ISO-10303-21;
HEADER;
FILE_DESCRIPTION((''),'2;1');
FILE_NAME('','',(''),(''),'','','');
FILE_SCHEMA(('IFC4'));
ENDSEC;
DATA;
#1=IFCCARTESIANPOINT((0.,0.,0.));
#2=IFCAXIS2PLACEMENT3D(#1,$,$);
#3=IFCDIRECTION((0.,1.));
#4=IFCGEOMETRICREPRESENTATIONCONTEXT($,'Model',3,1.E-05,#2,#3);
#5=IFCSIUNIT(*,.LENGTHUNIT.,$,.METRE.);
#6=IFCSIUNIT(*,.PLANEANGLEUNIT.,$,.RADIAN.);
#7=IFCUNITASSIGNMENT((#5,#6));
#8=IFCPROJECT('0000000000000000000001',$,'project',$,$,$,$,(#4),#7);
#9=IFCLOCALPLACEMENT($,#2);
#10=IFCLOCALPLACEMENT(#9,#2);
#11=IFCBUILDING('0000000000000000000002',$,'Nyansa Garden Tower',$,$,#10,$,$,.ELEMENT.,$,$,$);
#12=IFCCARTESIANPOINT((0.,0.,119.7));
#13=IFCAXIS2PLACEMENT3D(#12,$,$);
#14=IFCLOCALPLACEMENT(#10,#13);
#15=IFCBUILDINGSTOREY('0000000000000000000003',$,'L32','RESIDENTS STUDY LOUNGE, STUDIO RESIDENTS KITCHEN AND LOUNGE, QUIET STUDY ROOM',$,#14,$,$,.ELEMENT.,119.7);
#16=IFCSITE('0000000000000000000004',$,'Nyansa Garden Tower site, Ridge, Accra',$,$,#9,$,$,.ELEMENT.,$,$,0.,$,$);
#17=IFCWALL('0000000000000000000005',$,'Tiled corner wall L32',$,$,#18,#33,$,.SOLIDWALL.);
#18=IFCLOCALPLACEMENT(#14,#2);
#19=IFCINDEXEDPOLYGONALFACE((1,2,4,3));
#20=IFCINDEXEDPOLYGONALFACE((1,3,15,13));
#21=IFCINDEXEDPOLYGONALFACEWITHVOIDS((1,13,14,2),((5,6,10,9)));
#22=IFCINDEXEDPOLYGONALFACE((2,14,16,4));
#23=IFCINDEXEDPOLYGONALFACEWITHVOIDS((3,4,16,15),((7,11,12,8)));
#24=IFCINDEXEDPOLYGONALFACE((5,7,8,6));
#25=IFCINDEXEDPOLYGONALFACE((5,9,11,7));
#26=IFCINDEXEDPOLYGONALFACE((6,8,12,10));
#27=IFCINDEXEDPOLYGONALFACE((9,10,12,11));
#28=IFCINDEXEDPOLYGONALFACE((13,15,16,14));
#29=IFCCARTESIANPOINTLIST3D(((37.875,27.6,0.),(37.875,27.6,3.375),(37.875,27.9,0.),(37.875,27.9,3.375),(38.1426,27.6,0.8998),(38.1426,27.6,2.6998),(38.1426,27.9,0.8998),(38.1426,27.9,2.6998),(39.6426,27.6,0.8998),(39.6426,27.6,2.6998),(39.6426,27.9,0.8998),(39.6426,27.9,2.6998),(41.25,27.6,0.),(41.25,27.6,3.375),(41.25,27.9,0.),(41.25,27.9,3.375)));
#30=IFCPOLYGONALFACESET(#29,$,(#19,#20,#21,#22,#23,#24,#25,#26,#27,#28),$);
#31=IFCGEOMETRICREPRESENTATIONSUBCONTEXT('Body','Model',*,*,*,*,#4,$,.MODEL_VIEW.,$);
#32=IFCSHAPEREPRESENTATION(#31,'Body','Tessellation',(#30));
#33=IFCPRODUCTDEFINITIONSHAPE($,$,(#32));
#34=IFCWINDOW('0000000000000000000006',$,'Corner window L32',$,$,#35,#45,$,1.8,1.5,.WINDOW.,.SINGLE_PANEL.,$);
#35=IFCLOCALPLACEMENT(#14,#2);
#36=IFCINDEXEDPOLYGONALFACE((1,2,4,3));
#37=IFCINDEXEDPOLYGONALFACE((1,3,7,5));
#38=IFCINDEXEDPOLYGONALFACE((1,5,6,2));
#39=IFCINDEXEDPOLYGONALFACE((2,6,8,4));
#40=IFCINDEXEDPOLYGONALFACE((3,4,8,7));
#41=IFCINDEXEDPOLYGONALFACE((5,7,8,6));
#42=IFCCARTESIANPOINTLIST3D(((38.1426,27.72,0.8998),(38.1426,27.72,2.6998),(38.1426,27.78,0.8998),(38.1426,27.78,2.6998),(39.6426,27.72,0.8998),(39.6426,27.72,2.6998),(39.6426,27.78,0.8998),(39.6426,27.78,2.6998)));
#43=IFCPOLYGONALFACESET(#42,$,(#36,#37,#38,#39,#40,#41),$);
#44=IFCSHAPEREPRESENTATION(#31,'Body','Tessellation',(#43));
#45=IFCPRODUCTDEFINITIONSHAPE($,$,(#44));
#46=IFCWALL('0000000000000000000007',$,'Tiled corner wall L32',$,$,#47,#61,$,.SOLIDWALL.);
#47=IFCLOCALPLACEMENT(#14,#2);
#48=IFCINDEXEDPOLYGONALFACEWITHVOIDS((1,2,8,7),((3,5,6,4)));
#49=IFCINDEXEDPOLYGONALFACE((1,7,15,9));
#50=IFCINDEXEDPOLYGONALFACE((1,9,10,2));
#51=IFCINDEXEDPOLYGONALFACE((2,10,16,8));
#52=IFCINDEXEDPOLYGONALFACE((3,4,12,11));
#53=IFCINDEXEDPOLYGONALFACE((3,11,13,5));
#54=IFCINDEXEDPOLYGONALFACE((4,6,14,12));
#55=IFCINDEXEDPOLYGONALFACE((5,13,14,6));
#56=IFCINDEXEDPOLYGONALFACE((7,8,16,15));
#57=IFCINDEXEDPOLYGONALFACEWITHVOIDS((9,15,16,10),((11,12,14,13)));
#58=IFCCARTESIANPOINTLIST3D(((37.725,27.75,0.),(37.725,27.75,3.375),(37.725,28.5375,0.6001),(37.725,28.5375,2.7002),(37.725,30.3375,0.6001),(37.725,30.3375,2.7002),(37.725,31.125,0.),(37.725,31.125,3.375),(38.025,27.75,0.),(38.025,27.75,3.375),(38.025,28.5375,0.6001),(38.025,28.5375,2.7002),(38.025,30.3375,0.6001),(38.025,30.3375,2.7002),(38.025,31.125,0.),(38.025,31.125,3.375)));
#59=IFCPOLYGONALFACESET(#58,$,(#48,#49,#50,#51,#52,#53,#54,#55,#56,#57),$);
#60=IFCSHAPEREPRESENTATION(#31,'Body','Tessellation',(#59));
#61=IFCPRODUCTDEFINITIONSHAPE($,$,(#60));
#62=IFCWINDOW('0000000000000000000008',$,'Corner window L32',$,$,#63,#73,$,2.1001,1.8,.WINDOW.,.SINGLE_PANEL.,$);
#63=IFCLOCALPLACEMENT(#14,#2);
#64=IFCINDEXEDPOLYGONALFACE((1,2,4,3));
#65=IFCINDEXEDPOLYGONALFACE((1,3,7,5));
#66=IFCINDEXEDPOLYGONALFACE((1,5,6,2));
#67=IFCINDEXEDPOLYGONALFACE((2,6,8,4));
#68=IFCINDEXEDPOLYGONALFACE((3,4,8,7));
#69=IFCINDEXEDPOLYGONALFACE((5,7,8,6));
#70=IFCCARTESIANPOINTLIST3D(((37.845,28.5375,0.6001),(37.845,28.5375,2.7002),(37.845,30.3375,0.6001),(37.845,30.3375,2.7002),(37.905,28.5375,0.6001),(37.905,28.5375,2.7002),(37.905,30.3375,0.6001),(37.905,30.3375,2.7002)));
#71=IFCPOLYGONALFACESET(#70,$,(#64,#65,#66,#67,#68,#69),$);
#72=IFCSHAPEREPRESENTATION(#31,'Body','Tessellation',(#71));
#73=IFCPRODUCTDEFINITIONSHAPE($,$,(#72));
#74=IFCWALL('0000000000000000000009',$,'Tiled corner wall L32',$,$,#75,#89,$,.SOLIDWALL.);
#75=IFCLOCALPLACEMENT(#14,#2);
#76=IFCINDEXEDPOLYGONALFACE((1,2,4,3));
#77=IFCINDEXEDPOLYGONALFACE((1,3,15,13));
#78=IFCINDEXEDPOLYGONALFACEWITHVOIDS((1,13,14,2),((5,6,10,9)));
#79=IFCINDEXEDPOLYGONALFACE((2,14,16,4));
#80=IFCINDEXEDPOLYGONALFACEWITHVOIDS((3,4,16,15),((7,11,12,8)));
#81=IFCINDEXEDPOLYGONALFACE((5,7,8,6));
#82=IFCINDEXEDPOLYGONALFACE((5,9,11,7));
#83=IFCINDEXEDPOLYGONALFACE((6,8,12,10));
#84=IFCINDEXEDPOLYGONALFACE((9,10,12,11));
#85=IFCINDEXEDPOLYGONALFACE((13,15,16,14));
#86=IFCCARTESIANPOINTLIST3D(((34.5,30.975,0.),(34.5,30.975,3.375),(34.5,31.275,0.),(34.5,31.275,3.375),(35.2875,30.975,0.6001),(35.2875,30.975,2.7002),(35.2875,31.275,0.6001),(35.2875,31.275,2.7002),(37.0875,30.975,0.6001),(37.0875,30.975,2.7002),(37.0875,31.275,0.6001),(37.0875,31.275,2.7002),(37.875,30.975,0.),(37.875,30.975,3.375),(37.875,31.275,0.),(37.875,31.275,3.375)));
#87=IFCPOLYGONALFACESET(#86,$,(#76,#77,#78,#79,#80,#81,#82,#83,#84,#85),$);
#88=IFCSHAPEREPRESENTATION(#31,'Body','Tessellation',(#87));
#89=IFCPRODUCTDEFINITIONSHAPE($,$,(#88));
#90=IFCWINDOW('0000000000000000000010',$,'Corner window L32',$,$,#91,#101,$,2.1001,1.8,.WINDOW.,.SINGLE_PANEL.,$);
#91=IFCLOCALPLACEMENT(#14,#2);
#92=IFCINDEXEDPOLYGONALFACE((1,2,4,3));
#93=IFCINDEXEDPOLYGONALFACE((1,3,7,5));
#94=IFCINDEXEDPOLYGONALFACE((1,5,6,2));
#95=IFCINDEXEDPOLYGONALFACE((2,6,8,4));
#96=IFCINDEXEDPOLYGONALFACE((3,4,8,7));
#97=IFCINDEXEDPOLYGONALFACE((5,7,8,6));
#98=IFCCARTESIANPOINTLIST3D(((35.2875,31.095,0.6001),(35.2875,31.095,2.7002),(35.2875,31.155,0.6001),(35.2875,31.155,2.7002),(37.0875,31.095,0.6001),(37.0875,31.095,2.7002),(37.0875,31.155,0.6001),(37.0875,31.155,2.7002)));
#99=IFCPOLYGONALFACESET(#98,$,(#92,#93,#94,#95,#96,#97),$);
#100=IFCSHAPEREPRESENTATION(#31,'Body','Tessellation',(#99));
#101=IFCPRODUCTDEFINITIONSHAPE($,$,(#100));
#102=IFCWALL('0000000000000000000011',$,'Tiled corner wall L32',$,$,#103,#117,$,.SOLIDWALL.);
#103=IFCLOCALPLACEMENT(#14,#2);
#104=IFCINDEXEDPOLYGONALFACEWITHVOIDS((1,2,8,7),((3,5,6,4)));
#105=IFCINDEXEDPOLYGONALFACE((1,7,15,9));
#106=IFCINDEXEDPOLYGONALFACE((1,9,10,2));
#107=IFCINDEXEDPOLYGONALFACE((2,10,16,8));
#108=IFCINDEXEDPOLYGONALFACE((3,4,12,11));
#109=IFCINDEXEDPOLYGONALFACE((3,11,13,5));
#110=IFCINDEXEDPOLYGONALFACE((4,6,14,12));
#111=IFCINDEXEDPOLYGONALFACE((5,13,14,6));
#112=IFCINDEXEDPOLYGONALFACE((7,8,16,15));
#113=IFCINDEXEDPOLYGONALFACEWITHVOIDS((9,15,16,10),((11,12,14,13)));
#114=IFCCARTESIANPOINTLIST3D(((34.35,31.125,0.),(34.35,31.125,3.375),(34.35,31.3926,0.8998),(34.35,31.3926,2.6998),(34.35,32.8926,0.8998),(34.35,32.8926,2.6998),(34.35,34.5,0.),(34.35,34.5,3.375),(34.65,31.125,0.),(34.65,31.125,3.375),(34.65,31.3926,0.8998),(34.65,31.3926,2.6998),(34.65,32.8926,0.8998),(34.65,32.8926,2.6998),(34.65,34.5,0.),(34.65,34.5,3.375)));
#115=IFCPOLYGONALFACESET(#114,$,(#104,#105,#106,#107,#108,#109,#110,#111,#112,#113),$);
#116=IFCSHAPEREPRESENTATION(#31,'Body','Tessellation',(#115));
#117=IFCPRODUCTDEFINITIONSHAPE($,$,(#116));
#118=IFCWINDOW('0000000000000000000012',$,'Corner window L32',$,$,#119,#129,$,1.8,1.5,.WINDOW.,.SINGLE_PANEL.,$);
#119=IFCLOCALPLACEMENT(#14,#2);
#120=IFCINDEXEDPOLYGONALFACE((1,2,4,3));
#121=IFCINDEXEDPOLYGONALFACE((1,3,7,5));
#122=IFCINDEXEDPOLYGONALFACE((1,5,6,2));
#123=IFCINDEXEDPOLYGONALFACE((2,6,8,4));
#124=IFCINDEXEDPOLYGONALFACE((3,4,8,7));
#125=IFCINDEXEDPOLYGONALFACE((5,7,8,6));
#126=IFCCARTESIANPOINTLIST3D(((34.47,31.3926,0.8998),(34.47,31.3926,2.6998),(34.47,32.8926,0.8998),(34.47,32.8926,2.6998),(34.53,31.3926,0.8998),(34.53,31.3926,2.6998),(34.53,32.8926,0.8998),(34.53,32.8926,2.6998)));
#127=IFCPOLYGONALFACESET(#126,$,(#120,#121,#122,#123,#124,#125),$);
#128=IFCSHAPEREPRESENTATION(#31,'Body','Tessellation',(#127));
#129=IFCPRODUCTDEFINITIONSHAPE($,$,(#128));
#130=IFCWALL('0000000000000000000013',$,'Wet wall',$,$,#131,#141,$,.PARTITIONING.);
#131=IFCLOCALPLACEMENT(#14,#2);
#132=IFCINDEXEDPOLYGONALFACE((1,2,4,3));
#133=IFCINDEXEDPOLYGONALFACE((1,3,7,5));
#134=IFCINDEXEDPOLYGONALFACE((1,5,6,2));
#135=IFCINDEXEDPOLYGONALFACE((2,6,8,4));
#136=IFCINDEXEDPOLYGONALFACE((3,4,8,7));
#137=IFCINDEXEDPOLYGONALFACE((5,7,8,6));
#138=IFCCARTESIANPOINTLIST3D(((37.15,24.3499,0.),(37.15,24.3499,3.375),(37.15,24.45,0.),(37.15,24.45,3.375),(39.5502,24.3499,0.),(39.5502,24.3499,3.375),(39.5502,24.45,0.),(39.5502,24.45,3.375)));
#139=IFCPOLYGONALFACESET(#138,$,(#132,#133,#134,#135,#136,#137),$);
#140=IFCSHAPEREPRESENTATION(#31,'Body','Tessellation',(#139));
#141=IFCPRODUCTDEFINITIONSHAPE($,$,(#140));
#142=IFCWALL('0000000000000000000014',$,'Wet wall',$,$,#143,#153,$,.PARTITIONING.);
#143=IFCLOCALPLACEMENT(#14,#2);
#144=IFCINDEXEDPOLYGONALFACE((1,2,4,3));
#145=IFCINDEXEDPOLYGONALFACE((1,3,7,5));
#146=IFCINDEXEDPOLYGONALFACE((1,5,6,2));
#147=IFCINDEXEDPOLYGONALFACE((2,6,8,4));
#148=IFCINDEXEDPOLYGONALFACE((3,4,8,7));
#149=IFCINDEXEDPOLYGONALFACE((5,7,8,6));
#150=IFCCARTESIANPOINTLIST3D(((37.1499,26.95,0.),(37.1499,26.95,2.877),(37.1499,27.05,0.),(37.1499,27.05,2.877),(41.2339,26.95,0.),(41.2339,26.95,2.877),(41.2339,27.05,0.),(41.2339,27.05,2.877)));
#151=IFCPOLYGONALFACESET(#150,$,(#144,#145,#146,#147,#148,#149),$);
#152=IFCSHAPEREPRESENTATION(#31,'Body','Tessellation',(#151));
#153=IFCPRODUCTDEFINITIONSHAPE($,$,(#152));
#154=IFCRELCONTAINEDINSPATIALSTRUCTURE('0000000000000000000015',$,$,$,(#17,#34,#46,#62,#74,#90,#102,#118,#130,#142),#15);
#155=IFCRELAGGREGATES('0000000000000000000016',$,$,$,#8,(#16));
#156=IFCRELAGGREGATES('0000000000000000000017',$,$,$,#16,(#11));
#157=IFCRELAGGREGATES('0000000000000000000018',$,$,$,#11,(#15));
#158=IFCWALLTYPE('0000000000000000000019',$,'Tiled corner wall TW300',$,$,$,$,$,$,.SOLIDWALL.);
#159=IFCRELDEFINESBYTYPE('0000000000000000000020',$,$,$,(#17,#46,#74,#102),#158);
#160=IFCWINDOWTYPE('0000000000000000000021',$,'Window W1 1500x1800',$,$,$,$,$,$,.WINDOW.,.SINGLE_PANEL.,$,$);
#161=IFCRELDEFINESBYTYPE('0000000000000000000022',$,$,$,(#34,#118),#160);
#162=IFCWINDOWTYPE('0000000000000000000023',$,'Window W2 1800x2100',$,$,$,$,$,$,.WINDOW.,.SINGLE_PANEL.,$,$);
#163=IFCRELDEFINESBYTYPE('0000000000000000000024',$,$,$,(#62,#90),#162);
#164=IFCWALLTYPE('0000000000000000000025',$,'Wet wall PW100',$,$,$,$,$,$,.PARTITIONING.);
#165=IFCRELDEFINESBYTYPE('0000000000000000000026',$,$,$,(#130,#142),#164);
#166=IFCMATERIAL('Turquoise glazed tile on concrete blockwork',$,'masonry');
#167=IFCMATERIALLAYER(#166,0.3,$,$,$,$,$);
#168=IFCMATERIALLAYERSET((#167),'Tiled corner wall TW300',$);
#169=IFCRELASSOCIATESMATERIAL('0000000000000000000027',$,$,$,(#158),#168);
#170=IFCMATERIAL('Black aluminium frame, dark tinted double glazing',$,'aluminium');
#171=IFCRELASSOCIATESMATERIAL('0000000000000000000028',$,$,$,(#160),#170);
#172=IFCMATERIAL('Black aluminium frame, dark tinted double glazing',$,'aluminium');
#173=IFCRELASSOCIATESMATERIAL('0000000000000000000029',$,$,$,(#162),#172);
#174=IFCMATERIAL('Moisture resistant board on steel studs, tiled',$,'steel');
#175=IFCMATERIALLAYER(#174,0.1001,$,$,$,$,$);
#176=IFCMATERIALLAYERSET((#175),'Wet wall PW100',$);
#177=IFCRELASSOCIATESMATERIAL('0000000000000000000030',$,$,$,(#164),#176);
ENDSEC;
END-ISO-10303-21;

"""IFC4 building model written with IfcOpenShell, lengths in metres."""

from ifc_helpers import new_model, si_unit, direction, frame, frame_2d, origin, place, context, subcontext, project, spatial, rectangle, extrude, material, layer, layer_set, type_object, element, fill, save


model = new_model("IFC4")

# Units and contexts
model_context = context("Model", 3, precision=1e-05, world=origin(), true_north=direction((0.0, 1.0)))
body_context = subcontext(model_context, "Body", "Model", "MODEL_VIEW")
ifc_project = project(units=[si_unit("LENGTHUNIT", "METRE"), si_unit("PLANEANGLEUNIT", "RADIAN")], contexts=[model_context])

# Site, building, storey
site_placement = place(None, origin())
site = spatial("IfcSite", under=ifc_project, at=site_placement, Name="Nyansa Garden Tower site, Ridge, Accra", CompositionType="ELEMENT", RefElevation=0.0)
building_placement = place(site_placement, origin())
building = spatial("IfcBuilding", under=site, at=building_placement, Name="Nyansa Garden Tower", CompositionType="ELEMENT")
storey_placement = place(building_placement, frame((0.0, 0.0, 119.7)))
storey = spatial("IfcBuildingStorey", under=building, at=storey_placement, Name="L32", Description="RESIDENTS STUDY LOUNGE, STUDIO RESIDENTS KITCHEN AND LOUNGE, QUIET STUDY ROOM", CompositionType="ELEMENT", Elevation=119.7)

# Walls, openings, windows
ifc_material_1 = material(Name="Turquoise glazed tile on concrete blockwork", Category="masonry")
ifc_layer_1 = layer(ifc_material_1, 0.3)
ifc_layer_set_1 = layer_set([ifc_layer_1], Name="Tiled corner wall TW300")
wall_type_1 = type_object("IfcWallType", Name="Tiled corner wall TW300", PredefinedType="SOLIDWALL", material=ifc_layer_set_1)
wall_1_placement = place(storey_placement, frame((41.25, 27.75, 0.0), z_axis=(0.0, 0.0, 1.0), x_axis=(-1.0, 0.0, 0.0)))
wall_1 = element("IfcWall", 1, at=wall_1_placement, inside=storey, type_object=wall_type_1, Name="Tiled corner wall L32", PredefinedType="SOLIDWALL", context=body_context, shape_type="SweptSolid", body=[
    extrude(rectangle(XDim=3.375, YDim=0.3, at=frame_2d((1.6875, 0.0))), origin(), (0.0, 0.0, 1.0), 3.375),
])
opening_1_placement = place(wall_1_placement, frame((1.6074, 0.0, 0.8999)))
opening_1 = element("IfcOpeningElement", 2, at=opening_1_placement, cuts=wall_1, PredefinedType="OPENING", context=body_context, shape_type="SweptSolid", body=[
    extrude(rectangle(XDim=1.5, YDim=1.8, at=frame_2d((0.75, 0.8999))), frame((0.0, 0.1599, 0.0), z_axis=(0.0, -1.0, 0.0), x_axis=(1.0, 0.0, 0.0)), (0.0, 0.0, 1.0), 0.3201),
])
ifc_material_2 = material(Name="Black aluminium frame, dark tinted double glazing", Category="aluminium")
window_type_1 = type_object("IfcWindowType", Name="Window W1 1500x1800", PartitioningType="SINGLE_PANEL", PredefinedType="WINDOW", material=ifc_material_2)
window_1_placement = place(opening_1_placement, origin())
window_1 = element("IfcWindow", 3, at=window_1_placement, inside=storey, type_object=window_type_1, Name="Corner window L32", OverallHeight=1.8, OverallWidth=1.5, PartitioningType="SINGLE_PANEL", PredefinedType="WINDOW", context=body_context, shape_type="SweptSolid", body=[
    extrude(rectangle(XDim=1.5, YDim=1.8, at=frame_2d((0.75, 0.8999))), frame((0.0, 0.03, 0.0), z_axis=(0.0, -1.0, 0.0), x_axis=(1.0, 0.0, 0.0)), (0.0, 0.0, 1.0), 0.0601),
])
fill(opening_1, window_1)
wall_2_placement = place(storey_placement, frame((37.875, 27.75, 0.0), z_axis=(0.0, 0.0, 1.0), x_axis=(0.0, 1.0, 0.0)))
wall_2 = element("IfcWall", 4, at=wall_2_placement, inside=storey, type_object=wall_type_1, Name="Tiled corner wall L32", PredefinedType="SOLIDWALL", context=body_context, shape_type="SweptSolid", body=[
    extrude(rectangle(XDim=3.375, YDim=0.3, at=frame_2d((1.6875, 0.0))), origin(), (0.0, 0.0, 1.0), 3.375),
])
opening_2_placement = place(wall_2_placement, frame((0.7876, 0.0, 0.6001)))
opening_2 = element("IfcOpeningElement", 5, at=opening_2_placement, cuts=wall_2, PredefinedType="OPENING", context=body_context, shape_type="SweptSolid", body=[
    extrude(rectangle(XDim=1.8, YDim=2.1001, at=frame_2d((0.8999, 1.05))), frame((0.0, 0.1599, 0.0), z_axis=(0.0, -1.0, 0.0), x_axis=(1.0, 0.0, 0.0)), (0.0, 0.0, 1.0), 0.3201),
])
ifc_material_3 = material(Name="Black aluminium frame, dark tinted double glazing", Category="aluminium")
window_type_2 = type_object("IfcWindowType", Name="Window W2 1800x2100", PartitioningType="SINGLE_PANEL", PredefinedType="WINDOW", material=ifc_material_3)
window_2_placement = place(opening_2_placement, origin())
window_2 = element("IfcWindow", 6, at=window_2_placement, inside=storey, type_object=window_type_2, Name="Corner window L32", OverallHeight=2.1001, OverallWidth=1.8, PartitioningType="SINGLE_PANEL", PredefinedType="WINDOW", context=body_context, shape_type="SweptSolid", body=[
    extrude(rectangle(XDim=1.8, YDim=2.1001, at=frame_2d((0.8999, 1.05))), frame((0.0, 0.03, 0.0), z_axis=(0.0, -1.0, 0.0), x_axis=(1.0, 0.0, 0.0)), (0.0, 0.0, 1.0), 0.0601),
])
fill(opening_2, window_2)
wall_3_placement = place(storey_placement, frame((37.875, 31.125, 0.0), z_axis=(0.0, 0.0, 1.0), x_axis=(-1.0, 0.0, 0.0)))
wall_3 = element("IfcWall", 7, at=wall_3_placement, inside=storey, type_object=wall_type_1, Name="Tiled corner wall L32", PredefinedType="SOLIDWALL", context=body_context, shape_type="SweptSolid", body=[
    extrude(rectangle(XDim=3.375, YDim=0.3, at=frame_2d((1.6875, 0.0))), origin(), (0.0, 0.0, 1.0), 3.375),
])
opening_3_placement = place(wall_3_placement, frame((0.7876, 0.0, 0.6001)))
opening_3 = element("IfcOpeningElement", 8, at=opening_3_placement, cuts=wall_3, PredefinedType="OPENING", context=body_context, shape_type="SweptSolid", body=[
    extrude(rectangle(XDim=1.8, YDim=2.1001, at=frame_2d((0.8999, 1.05))), frame((0.0, 0.1599, 0.0), z_axis=(0.0, -1.0, 0.0), x_axis=(1.0, 0.0, 0.0)), (0.0, 0.0, 1.0), 0.3201),
])
window_3_placement = place(opening_3_placement, origin())
window_3 = element("IfcWindow", 9, at=window_3_placement, inside=storey, type_object=window_type_2, Name="Corner window L32", OverallHeight=2.1001, OverallWidth=1.8, PartitioningType="SINGLE_PANEL", PredefinedType="WINDOW", context=body_context, shape_type="SweptSolid", body=[
    extrude(rectangle(XDim=1.8, YDim=2.1001, at=frame_2d((0.8999, 1.05))), frame((0.0, 0.03, 0.0), z_axis=(0.0, -1.0, 0.0), x_axis=(1.0, 0.0, 0.0)), (0.0, 0.0, 1.0), 0.0601),
])
fill(opening_3, window_3)
wall_4_placement = place(storey_placement, frame((34.5, 31.125, 0.0), z_axis=(0.0, 0.0, 1.0), x_axis=(0.0, 1.0, 0.0)))
wall_4 = element("IfcWall", 10, at=wall_4_placement, inside=storey, type_object=wall_type_1, Name="Tiled corner wall L32", PredefinedType="SOLIDWALL", context=body_context, shape_type="SweptSolid", body=[
    extrude(rectangle(XDim=3.375, YDim=0.3, at=frame_2d((1.6875, 0.0))), origin(), (0.0, 0.0, 1.0), 3.375),
])
opening_4_placement = place(wall_4_placement, frame((0.2676, 0.0, 0.8999)))
opening_4 = element("IfcOpeningElement", 11, at=opening_4_placement, cuts=wall_4, PredefinedType="OPENING", context=body_context, shape_type="SweptSolid", body=[
    extrude(rectangle(XDim=1.5, YDim=1.8, at=frame_2d((0.75, 0.8999))), frame((0.0, 0.1599, 0.0), z_axis=(0.0, -1.0, 0.0), x_axis=(1.0, 0.0, 0.0)), (0.0, 0.0, 1.0), 0.3201),
])
window_4_placement = place(opening_4_placement, origin())
window_4 = element("IfcWindow", 12, at=window_4_placement, inside=storey, type_object=window_type_1, Name="Corner window L32", OverallHeight=1.8, OverallWidth=1.5, PartitioningType="SINGLE_PANEL", PredefinedType="WINDOW", context=body_context, shape_type="SweptSolid", body=[
    extrude(rectangle(XDim=1.5, YDim=1.8, at=frame_2d((0.75, 0.8999))), frame((0.0, 0.03, 0.0), z_axis=(0.0, -1.0, 0.0), x_axis=(1.0, 0.0, 0.0)), (0.0, 0.0, 1.0), 0.0601),
])
fill(opening_4, window_4)

# Walls
ifc_material_4 = material(Name="Moisture resistant board on steel studs, tiled", Category="steel")
ifc_layer_2 = layer(ifc_material_4, 0.1001)
ifc_layer_set_2 = layer_set([ifc_layer_2], Name="Wet wall PW100")
wall_type_2 = type_object("IfcWallType", Name="Wet wall PW100", PredefinedType="PARTITIONING", material=ifc_layer_set_2)
wall_5_placement = place(storey_placement, frame((37.1499, 24.3999, 0.0), z_axis=(0.0, 0.0, 1.0), x_axis=(1.0, 0.0, 0.0)))
element("IfcWall", 13, at=wall_5_placement, inside=storey, type_object=wall_type_2, Name="Wet wall", PredefinedType="PARTITIONING", context=body_context, shape_type="SweptSolid", body=[
    extrude(rectangle(XDim=2.4001, YDim=0.1001, at=frame_2d((1.2002, 0.0))), origin(), (0.0, 0.0, 1.0), 3.375),
])
wall_6_placement = place(storey_placement, frame((37.1499, 27.0, 0.0), z_axis=(0.0, 0.0, 1.0), x_axis=(1.0, 0.0, 0.0)))
element("IfcWall", 14, at=wall_6_placement, inside=storey, type_object=wall_type_2, Name="Wet wall", PredefinedType="PARTITIONING", context=body_context, shape_type="SweptSolid", body=[
    extrude(rectangle(XDim=4.084, YDim=0.1001, at=frame_2d((2.042, 0.0))), origin(), (0.0, 0.0, 1.0), 2.877),
])

save(model, "model.ifc")
